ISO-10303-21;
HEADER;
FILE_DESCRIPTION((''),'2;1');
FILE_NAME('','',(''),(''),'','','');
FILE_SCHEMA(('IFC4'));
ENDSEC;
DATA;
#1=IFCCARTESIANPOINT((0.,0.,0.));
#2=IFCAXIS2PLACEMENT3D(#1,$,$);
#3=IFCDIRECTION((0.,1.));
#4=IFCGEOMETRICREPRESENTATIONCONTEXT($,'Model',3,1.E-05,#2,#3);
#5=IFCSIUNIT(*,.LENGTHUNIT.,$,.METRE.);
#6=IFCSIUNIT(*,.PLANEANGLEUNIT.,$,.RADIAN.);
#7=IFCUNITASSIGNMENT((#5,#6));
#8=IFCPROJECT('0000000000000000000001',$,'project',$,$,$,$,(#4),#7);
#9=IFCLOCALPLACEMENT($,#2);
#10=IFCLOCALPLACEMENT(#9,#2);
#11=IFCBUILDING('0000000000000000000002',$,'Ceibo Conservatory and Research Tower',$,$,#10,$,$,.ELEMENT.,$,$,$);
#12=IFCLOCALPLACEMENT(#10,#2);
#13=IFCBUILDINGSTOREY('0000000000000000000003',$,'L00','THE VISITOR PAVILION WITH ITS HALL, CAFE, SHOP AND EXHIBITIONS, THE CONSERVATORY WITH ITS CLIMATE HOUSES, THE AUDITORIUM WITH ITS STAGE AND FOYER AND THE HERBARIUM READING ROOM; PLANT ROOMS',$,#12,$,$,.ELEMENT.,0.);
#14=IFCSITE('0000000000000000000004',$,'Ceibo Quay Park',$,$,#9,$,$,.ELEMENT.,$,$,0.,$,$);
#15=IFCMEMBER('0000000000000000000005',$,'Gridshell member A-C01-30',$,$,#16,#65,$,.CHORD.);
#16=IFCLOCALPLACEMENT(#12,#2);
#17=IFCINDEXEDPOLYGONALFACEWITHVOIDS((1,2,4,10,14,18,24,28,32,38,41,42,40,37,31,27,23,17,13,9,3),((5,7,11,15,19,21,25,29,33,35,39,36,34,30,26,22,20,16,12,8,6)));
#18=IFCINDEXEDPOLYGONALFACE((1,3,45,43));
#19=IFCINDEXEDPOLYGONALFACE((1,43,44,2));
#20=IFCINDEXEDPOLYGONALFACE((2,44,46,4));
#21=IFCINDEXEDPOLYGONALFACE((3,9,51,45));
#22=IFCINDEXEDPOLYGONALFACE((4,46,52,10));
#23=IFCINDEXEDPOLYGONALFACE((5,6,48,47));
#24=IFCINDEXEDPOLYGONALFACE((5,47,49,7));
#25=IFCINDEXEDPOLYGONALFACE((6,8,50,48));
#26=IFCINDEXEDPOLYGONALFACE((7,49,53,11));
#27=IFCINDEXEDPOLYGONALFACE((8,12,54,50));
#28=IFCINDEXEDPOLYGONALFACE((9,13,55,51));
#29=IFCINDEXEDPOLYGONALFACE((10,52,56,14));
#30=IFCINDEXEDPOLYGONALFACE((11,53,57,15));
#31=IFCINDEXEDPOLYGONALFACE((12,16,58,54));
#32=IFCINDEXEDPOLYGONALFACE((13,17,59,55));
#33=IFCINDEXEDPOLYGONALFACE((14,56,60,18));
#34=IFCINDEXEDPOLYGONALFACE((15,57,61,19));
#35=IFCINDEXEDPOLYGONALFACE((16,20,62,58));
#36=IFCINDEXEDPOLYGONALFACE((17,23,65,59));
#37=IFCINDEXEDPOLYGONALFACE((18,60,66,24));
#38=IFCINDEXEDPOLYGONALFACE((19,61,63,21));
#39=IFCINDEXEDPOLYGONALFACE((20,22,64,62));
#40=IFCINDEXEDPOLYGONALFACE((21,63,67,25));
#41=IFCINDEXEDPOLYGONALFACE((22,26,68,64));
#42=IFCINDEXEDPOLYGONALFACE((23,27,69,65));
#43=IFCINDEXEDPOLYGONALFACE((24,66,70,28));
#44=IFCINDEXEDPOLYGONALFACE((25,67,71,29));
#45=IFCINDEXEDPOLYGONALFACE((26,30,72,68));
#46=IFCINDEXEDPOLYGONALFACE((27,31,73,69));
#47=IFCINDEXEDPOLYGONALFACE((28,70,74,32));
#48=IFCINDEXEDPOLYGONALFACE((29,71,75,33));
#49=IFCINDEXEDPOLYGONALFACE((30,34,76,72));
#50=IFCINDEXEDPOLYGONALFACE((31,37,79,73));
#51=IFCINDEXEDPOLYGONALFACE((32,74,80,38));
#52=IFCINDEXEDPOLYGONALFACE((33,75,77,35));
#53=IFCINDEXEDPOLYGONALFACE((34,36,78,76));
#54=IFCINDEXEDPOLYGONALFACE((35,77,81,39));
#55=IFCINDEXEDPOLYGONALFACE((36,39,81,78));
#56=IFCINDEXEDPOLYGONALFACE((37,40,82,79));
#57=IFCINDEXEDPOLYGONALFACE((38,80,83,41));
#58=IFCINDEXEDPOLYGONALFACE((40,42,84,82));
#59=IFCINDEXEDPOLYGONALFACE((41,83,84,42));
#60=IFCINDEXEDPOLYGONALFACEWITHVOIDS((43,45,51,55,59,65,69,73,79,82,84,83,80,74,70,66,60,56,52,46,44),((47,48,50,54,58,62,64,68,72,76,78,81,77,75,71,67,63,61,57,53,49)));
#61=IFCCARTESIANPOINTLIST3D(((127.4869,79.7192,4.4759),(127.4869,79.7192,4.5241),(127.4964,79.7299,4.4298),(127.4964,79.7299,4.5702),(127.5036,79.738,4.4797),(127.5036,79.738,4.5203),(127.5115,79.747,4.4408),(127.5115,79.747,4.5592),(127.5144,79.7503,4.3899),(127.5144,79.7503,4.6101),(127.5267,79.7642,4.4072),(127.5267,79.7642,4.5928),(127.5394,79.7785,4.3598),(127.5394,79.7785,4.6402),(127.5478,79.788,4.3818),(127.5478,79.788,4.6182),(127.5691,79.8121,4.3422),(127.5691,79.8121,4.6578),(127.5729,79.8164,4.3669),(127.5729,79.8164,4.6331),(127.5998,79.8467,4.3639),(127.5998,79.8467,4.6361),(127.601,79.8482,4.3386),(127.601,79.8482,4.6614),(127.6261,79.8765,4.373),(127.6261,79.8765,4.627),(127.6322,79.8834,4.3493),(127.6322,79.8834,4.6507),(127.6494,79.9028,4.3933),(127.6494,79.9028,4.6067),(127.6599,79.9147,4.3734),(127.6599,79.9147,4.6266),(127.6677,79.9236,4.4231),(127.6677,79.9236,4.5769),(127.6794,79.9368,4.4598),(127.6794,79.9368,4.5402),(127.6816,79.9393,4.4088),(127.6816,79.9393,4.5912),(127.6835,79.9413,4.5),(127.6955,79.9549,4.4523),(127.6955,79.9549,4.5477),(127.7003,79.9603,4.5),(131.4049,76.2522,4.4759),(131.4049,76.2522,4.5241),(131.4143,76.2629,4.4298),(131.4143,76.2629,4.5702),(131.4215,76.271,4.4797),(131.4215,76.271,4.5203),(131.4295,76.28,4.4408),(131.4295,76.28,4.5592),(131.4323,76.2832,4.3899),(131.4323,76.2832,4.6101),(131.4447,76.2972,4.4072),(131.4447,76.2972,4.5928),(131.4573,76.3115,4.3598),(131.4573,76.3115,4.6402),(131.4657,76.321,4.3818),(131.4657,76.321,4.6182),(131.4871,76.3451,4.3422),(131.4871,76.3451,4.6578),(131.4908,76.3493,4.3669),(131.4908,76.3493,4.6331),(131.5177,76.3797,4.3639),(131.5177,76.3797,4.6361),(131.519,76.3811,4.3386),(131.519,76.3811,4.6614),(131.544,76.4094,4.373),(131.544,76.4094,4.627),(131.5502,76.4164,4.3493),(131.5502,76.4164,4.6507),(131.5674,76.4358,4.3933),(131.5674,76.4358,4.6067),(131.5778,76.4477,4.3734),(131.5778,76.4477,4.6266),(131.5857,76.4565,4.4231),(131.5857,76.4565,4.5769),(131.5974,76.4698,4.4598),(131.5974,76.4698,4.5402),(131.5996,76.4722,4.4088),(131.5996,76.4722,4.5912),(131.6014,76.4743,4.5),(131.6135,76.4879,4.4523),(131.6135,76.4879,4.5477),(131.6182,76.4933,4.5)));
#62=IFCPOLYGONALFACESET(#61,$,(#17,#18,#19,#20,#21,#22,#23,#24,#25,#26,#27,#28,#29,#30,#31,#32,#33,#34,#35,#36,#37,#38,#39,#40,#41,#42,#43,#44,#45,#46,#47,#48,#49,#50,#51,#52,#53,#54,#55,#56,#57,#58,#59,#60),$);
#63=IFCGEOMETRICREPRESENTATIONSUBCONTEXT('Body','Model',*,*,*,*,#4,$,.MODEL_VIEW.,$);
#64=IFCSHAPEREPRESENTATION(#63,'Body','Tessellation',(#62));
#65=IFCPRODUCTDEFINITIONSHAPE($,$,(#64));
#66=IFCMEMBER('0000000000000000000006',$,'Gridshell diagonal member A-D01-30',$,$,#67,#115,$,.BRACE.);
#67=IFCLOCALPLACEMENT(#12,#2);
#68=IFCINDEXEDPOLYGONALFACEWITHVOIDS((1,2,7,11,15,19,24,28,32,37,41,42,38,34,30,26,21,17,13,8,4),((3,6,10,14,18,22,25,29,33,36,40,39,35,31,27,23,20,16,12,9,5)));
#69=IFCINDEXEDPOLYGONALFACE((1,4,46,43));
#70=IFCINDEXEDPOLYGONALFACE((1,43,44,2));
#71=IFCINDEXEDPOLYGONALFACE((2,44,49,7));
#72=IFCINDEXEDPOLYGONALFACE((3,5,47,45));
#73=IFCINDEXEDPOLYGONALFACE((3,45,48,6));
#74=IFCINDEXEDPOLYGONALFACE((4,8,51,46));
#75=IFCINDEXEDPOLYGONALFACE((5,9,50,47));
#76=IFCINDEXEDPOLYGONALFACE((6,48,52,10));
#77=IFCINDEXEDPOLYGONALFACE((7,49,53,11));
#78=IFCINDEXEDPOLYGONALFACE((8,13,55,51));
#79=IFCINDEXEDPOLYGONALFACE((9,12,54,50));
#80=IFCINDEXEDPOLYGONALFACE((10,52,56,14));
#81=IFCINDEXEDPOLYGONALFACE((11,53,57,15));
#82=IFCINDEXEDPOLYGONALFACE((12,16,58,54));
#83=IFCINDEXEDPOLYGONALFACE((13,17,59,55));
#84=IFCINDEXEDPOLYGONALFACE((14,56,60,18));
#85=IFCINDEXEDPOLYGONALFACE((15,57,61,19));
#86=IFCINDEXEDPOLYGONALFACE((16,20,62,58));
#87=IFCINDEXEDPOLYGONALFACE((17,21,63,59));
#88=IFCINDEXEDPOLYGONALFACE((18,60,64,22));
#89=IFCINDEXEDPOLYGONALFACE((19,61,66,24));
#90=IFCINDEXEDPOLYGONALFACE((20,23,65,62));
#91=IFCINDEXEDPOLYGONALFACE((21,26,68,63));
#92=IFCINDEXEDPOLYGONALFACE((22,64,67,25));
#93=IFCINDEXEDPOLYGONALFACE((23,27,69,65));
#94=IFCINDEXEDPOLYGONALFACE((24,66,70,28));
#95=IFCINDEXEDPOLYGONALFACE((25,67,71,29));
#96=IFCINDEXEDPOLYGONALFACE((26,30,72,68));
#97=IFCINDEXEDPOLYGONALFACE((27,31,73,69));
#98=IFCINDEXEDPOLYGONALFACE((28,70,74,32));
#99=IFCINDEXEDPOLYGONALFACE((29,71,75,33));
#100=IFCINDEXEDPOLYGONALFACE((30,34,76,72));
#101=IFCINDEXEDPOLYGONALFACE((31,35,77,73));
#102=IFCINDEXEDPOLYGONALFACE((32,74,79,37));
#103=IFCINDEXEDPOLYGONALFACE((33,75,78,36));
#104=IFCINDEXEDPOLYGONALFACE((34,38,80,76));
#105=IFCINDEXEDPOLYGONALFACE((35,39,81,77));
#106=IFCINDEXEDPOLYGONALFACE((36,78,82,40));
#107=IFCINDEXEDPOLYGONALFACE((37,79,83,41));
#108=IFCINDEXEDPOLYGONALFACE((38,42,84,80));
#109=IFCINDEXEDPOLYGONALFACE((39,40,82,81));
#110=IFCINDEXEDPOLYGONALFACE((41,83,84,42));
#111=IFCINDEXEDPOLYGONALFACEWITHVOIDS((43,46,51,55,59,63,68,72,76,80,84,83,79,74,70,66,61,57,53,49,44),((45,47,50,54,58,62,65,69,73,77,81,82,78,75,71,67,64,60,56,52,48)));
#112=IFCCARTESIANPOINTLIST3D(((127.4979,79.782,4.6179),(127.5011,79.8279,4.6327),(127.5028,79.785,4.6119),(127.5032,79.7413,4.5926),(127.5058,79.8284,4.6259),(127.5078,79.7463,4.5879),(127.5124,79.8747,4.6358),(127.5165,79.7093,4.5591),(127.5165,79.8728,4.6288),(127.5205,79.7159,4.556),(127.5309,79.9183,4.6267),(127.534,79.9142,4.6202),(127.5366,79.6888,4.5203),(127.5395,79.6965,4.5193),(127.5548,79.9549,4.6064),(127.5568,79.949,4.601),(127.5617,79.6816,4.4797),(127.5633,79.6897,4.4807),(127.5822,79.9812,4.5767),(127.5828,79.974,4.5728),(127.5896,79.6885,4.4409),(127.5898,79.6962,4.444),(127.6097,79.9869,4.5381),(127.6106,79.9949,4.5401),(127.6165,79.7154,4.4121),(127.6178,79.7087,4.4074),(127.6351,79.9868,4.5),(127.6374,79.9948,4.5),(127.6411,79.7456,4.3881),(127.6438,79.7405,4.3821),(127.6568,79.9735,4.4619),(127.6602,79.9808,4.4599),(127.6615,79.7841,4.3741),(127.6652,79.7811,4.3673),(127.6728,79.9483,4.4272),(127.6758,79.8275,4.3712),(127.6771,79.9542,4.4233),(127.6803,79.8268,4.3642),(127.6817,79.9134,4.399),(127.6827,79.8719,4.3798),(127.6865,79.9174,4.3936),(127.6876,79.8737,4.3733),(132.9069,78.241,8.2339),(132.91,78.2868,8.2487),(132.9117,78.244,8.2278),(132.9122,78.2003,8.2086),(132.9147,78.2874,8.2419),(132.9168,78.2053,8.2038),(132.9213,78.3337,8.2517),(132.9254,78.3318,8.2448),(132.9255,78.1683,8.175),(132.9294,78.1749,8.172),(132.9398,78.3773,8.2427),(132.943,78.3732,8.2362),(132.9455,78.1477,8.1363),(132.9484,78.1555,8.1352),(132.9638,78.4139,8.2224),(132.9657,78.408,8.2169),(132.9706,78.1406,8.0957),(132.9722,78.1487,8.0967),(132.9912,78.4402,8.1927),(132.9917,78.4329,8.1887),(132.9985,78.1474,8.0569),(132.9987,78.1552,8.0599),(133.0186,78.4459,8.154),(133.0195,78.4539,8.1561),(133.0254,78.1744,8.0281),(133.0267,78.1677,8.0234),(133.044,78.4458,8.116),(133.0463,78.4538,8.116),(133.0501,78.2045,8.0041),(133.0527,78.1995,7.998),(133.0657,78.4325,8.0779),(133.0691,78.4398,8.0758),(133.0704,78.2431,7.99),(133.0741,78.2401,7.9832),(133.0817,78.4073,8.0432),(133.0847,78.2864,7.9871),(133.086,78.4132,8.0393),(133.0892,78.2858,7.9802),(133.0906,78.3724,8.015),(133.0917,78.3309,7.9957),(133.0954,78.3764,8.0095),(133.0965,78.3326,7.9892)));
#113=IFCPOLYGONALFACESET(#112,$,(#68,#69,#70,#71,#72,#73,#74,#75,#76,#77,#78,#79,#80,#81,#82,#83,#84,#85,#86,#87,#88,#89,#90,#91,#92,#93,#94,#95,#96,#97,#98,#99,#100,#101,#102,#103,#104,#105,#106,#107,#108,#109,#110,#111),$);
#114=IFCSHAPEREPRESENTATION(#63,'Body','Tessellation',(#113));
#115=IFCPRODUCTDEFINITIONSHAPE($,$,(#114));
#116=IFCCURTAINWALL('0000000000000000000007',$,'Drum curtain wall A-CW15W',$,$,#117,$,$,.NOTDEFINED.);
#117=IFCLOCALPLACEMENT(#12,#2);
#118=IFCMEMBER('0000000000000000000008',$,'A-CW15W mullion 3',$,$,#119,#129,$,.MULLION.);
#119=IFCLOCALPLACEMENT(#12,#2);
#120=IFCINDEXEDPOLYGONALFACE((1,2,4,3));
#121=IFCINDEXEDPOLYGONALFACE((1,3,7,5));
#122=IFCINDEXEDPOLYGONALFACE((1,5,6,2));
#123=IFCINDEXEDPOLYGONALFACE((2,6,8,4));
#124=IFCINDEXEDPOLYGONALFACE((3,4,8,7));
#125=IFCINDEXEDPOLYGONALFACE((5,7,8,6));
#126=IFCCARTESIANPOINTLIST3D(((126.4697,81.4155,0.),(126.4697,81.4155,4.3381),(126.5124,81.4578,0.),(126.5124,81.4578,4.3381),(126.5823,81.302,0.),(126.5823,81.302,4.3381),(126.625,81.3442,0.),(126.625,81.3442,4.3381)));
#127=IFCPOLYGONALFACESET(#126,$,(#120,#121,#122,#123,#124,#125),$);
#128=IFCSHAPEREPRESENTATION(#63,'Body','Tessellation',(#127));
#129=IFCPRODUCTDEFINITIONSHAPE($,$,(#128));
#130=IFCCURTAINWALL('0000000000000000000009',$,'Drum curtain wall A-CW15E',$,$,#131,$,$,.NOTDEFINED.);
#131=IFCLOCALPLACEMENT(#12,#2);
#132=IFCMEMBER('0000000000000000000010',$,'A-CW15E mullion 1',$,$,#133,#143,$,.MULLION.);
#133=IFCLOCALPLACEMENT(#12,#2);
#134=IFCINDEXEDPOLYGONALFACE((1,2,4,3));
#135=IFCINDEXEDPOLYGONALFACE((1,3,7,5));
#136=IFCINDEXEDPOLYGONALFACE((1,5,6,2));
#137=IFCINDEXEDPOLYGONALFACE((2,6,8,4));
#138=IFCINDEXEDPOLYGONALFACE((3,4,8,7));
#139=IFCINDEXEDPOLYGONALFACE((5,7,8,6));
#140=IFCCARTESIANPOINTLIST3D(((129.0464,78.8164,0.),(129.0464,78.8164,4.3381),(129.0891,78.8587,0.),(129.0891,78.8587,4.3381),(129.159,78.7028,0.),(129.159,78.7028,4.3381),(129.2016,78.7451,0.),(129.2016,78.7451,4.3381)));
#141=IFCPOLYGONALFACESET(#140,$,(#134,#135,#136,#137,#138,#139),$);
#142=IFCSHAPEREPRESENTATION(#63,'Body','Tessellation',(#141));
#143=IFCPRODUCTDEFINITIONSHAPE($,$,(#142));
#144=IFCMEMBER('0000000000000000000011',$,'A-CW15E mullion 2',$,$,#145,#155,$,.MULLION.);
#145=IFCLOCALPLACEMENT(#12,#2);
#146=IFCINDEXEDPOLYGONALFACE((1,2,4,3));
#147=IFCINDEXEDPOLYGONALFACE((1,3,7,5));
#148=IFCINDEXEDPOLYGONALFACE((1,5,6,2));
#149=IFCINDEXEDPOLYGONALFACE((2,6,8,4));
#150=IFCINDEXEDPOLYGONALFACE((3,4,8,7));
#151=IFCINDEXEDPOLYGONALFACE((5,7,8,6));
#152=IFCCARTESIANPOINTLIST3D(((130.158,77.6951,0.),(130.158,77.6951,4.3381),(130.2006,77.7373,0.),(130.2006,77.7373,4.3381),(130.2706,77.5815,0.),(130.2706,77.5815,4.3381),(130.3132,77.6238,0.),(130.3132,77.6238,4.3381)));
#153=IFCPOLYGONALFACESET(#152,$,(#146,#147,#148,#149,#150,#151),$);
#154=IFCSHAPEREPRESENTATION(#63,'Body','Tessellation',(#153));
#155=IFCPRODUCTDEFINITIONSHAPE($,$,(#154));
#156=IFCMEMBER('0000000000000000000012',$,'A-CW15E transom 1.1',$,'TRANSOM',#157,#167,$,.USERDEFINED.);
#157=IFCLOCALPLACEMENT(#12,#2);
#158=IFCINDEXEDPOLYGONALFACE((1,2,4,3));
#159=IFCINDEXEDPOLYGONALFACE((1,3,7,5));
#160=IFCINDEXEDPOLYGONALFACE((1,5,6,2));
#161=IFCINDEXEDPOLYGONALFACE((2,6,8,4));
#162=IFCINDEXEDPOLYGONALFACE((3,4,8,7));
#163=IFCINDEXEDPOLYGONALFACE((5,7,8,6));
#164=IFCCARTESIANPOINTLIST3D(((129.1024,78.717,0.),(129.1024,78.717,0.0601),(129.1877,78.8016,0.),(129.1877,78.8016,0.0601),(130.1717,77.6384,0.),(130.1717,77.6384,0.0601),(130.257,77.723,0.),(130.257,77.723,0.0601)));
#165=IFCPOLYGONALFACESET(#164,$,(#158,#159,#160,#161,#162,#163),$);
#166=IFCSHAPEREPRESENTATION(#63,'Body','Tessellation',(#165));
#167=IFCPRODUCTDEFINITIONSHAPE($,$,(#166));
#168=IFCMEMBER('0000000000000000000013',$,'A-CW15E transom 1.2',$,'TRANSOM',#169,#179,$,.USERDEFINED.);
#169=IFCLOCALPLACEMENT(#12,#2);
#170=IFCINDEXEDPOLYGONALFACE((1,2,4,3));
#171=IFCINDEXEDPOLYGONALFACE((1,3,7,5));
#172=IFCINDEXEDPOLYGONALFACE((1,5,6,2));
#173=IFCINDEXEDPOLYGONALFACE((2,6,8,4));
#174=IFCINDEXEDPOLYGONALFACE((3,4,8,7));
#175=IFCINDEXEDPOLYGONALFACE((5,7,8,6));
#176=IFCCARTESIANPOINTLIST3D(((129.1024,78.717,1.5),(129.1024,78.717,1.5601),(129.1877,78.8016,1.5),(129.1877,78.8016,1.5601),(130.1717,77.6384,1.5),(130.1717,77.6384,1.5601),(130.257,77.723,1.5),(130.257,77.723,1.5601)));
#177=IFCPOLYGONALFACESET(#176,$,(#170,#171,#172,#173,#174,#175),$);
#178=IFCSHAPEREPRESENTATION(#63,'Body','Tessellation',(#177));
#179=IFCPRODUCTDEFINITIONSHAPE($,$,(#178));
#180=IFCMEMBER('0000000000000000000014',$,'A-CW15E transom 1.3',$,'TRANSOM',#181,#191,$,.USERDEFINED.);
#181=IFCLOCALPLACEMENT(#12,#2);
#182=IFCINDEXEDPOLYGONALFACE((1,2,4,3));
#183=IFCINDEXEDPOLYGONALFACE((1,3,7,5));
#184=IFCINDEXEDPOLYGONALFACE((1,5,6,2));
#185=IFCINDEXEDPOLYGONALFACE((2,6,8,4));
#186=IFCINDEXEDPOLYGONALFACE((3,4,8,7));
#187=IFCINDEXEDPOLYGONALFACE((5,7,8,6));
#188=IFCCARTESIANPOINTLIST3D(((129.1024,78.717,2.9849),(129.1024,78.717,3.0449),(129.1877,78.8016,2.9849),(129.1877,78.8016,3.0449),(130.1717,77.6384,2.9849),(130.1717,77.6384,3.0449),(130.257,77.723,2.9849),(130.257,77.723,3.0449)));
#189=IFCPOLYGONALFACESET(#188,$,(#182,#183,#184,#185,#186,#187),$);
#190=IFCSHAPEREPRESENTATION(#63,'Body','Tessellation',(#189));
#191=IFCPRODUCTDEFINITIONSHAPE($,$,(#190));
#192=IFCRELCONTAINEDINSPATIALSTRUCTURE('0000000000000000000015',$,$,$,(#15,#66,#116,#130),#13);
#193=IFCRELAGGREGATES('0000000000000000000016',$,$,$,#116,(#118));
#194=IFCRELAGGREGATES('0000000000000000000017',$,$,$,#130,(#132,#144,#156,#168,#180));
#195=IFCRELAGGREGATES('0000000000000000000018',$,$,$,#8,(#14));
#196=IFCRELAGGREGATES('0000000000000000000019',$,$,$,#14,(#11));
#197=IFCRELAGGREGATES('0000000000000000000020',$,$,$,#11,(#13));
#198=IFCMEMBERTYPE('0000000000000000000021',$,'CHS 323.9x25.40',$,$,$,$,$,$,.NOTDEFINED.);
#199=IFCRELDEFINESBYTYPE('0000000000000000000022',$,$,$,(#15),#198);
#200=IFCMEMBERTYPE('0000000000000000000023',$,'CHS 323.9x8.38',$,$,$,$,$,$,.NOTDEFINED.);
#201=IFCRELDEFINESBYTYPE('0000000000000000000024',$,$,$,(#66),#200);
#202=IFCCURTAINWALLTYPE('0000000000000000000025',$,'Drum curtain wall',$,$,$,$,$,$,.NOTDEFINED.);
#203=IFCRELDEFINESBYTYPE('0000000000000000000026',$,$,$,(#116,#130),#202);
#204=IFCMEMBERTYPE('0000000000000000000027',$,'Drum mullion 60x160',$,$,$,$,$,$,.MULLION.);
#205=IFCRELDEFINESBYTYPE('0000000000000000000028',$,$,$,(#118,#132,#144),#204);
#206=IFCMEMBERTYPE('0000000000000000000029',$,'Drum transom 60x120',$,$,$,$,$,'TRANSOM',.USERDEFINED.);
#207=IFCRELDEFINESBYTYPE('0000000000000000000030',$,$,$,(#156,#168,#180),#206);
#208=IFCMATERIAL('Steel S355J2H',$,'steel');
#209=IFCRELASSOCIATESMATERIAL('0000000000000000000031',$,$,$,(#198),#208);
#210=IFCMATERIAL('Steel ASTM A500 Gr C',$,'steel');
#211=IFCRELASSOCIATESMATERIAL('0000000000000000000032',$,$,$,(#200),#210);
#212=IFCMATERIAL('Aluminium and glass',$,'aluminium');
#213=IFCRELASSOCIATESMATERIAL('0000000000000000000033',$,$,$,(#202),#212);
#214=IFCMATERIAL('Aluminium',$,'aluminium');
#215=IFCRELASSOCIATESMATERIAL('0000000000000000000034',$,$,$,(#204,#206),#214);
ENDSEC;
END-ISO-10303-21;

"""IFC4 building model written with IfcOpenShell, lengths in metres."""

from ifc_helpers import new_model, si_unit, direction, frame, origin, origin_2d, place, context, subcontext, project, spatial, rectangle, hollow_circle, extrude, material, material_profile, profile_set, type_object, element, aggregate, save


model = new_model("IFC4")

# Units and contexts
model_context = context("Model", 3, precision=1e-05, world=origin(), true_north=direction((0.0, 1.0)))
body_context = subcontext(model_context, "Body", "Model", "MODEL_VIEW")
ifc_project = project(units=[si_unit("LENGTHUNIT", "METRE"), si_unit("PLANEANGLEUNIT", "RADIAN")], contexts=[model_context])

# Site, building, storey
site_placement = place(None, origin())
site = spatial("IfcSite", under=ifc_project, at=site_placement, Name="Ceibo Quay Park", CompositionType="ELEMENT", RefElevation=0.0)
building_placement = place(site_placement, origin())
building = spatial("IfcBuilding", under=site, at=building_placement, Name="Ceibo Conservatory and Research Tower", CompositionType="ELEMENT")
storey_placement = place(building_placement, origin())
storey = spatial("IfcBuildingStorey", under=building, at=storey_placement, Name="L00", Description="THE VISITOR PAVILION WITH ITS HALL, CAFE, SHOP AND EXHIBITIONS, THE CONSERVATORY WITH ITS CLIMATE HOUSES, THE AUDITORIUM WITH ITS STAGE AND FOYER AND THE HERBARIUM READING ROOM; PLANT ROOMS", CompositionType="ELEMENT", Elevation=0.0)

# Members
ifc_material_1 = material(Name="Steel ASTM A500 Gr C", Category="steel")
ifc_material_2 = material(Name="Steel S355J2H", Category="steel")
ifc_material_profile_1 = material_profile(ifc_material_2, hollow_circle(Radius=0.1619, WallThickness=0.0254, at=origin_2d()), Name="CHS 323.9x25.40")
ifc_profile_set_1 = profile_set([ifc_material_profile_1], Name="Steel S355J2H")
member_type_1 = type_object("IfcMemberType", Name="CHS 323.9x25.40", PredefinedType="NOTDEFINED", material=ifc_profile_set_1)
member_1_placement = place(storey_placement, frame((127.593, 79.8391, 4.5), z_axis=(0.748888, -0.662697, 0.0), x_axis=(0.662697, 0.748888, 0.0)))
element("IfcMember", 1, at=member_1_placement, inside=storey, type_object=member_type_1, Name="Gridshell member A-C01-30", PredefinedType="CHORD", context=body_context, shape_type="SweptSolid", body=[
    extrude(hollow_circle(Radius=0.1619, WallThickness=0.0254, at=origin_2d()), origin(), (0.0, 0.0, 1.0), 5.2317),
])
ifc_material_profile_2 = material_profile(ifc_material_1, hollow_circle(Radius=0.1619, WallThickness=0.0083, at=origin_2d()), Name="CHS 323.9x8.38")
ifc_profile_set_2 = profile_set([ifc_material_profile_2], Name="Steel ASTM A500 Gr C")
member_type_2 = type_object("IfcMemberType", Name="CHS 323.9x8.38", PredefinedType="NOTDEFINED", material=ifc_profile_set_2)
member_2_placement = place(storey_placement, frame((127.593, 79.8391, 4.5), z_axis=(0.808959, -0.230474, 0.540803), x_axis=(0.273999, 0.96173, 0.0)))
element("IfcMember", 2, at=member_2_placement, inside=storey, type_object=member_type_2, Name="Gridshell diagonal member A-D01-30", PredefinedType="BRACE", context=body_context, shape_type="SweptSolid", body=[
    extrude(hollow_circle(Radius=0.1619, WallThickness=0.0083, at=origin_2d()), origin(), (0.0, 0.0, 1.0), 6.6863),
])

# Curtain wall, member
ifc_material_3 = material(Name="Aluminium and glass", Category="aluminium")
curtain_wall_type = type_object("IfcCurtainWallType", Name="Drum curtain wall", PredefinedType="NOTDEFINED", material=ifc_material_3)
curtain_wall_1_placement = place(storey_placement, origin())
curtain_wall_1 = element("IfcCurtainWall", 3, at=curtain_wall_1_placement, inside=storey, type_object=curtain_wall_type, Name="Drum curtain wall A-CW15W", PredefinedType="NOTDEFINED")
ifc_material_4 = material(Name="Aluminium", Category="aluminium")
ifc_material_profile_3 = material_profile(ifc_material_4, rectangle(XDim=0.0601, YDim=0.1599, at=origin_2d()), Name="AL 60x160")
ifc_profile_set_3 = profile_set([ifc_material_profile_3], Name="Aluminium")
member_type_3 = type_object("IfcMemberType", Name="Drum mullion 60x160", PredefinedType="MULLION", material=ifc_profile_set_3)
member_3_placement = place(storey_placement, frame((126.5474, 81.3799, 0.0), z_axis=(0.0, 0.0, 1.0), x_axis=(0.710185, 0.704015, 0.0)))
member_3 = element("IfcMember", 4, at=member_3_placement, type_object=member_type_3, Name="A-CW15W mullion 3", PredefinedType="MULLION", context=body_context, shape_type="SweptSolid", body=[
    extrude(rectangle(XDim=0.0601, YDim=0.1599, at=origin_2d()), origin(), (0.0, 0.0, 1.0), 4.3381),
])

# Curtain wall, members
curtain_wall_2_placement = place(storey_placement, origin())
curtain_wall_2 = element("IfcCurtainWall", 5, at=curtain_wall_2_placement, inside=storey, type_object=curtain_wall_type, Name="Drum curtain wall A-CW15E", PredefinedType="NOTDEFINED")
member_4_placement = place(storey_placement, frame((129.124, 78.7808, 0.0), z_axis=(0.0, 0.0, 1.0), x_axis=(0.710185, 0.704015, 0.0)))
member_4 = element("IfcMember", 6, at=member_4_placement, type_object=member_type_3, Name="A-CW15E mullion 1", PredefinedType="MULLION", context=body_context, shape_type="SweptSolid", body=[
    extrude(rectangle(XDim=0.0601, YDim=0.1599, at=origin_2d()), origin(), (0.0, 0.0, 1.0), 4.3381),
])
member_5_placement = place(storey_placement, frame((130.2356, 77.6594, 0.0), z_axis=(0.0, 0.0, 1.0), x_axis=(0.710185, 0.704015, 0.0)))
member_5 = element("IfcMember", 7, at=member_5_placement, type_object=member_type_3, Name="A-CW15E mullion 2", PredefinedType="MULLION", context=body_context, shape_type="SweptSolid", body=[
    extrude(rectangle(XDim=0.0601, YDim=0.1599, at=origin_2d()), origin(), (0.0, 0.0, 1.0), 4.3381),
])
ifc_material_profile_4 = material_profile(ifc_material_4, rectangle(XDim=0.1201, YDim=0.0601, at=origin_2d()), Name="AL 60x120")
ifc_profile_set_4 = profile_set([ifc_material_profile_4], Name="Aluminium")
member_type_4 = type_object("IfcMemberType", Name="Drum transom 60x120", ElementType="TRANSOM", PredefinedType="USERDEFINED", material=ifc_profile_set_4)
member_6_placement = place(storey_placement, frame((129.145, 78.7593, 0.03), z_axis=(0.704046, -0.710154, 0.0), x_axis=(0.710154, 0.704046, 0.0)))
member_6 = element("IfcMember", 8, at=member_6_placement, type_object=member_type_4, Name="A-CW15E transom 1.1", ObjectType="TRANSOM", PredefinedType="USERDEFINED", context=body_context, shape_type="SweptSolid", body=[
    extrude(rectangle(XDim=0.1201, YDim=0.0601, at=origin_2d()), origin(), (0.0, 0.0, 1.0), 1.5188),
])
member_7_placement = place(storey_placement, frame((129.145, 78.7593, 1.53), z_axis=(0.704046, -0.710154, 0.0), x_axis=(0.710154, 0.704046, 0.0)))
member_7 = element("IfcMember", 9, at=member_7_placement, type_object=member_type_4, Name="A-CW15E transom 1.2", ObjectType="TRANSOM", PredefinedType="USERDEFINED", context=body_context, shape_type="SweptSolid", body=[
    extrude(rectangle(XDim=0.1201, YDim=0.0601, at=origin_2d()), origin(), (0.0, 0.0, 1.0), 1.5188),
])
member_8_placement = place(storey_placement, frame((129.145, 78.7593, 3.0149), z_axis=(0.704046, -0.710154, 0.0), x_axis=(0.710154, 0.704046, 0.0)))
member_8 = element("IfcMember", 10, at=member_8_placement, type_object=member_type_4, Name="A-CW15E transom 1.3", ObjectType="TRANSOM", PredefinedType="USERDEFINED", context=body_context, shape_type="SweptSolid", body=[
    extrude(rectangle(XDim=0.1201, YDim=0.0601, at=origin_2d()), origin(), (0.0, 0.0, 1.0), 1.5188),
])

aggregate(curtain_wall_1, [member_3])
aggregate(curtain_wall_2, [member_4, member_5, member_6, member_7, member_8])

save(model, "model.ifc")
